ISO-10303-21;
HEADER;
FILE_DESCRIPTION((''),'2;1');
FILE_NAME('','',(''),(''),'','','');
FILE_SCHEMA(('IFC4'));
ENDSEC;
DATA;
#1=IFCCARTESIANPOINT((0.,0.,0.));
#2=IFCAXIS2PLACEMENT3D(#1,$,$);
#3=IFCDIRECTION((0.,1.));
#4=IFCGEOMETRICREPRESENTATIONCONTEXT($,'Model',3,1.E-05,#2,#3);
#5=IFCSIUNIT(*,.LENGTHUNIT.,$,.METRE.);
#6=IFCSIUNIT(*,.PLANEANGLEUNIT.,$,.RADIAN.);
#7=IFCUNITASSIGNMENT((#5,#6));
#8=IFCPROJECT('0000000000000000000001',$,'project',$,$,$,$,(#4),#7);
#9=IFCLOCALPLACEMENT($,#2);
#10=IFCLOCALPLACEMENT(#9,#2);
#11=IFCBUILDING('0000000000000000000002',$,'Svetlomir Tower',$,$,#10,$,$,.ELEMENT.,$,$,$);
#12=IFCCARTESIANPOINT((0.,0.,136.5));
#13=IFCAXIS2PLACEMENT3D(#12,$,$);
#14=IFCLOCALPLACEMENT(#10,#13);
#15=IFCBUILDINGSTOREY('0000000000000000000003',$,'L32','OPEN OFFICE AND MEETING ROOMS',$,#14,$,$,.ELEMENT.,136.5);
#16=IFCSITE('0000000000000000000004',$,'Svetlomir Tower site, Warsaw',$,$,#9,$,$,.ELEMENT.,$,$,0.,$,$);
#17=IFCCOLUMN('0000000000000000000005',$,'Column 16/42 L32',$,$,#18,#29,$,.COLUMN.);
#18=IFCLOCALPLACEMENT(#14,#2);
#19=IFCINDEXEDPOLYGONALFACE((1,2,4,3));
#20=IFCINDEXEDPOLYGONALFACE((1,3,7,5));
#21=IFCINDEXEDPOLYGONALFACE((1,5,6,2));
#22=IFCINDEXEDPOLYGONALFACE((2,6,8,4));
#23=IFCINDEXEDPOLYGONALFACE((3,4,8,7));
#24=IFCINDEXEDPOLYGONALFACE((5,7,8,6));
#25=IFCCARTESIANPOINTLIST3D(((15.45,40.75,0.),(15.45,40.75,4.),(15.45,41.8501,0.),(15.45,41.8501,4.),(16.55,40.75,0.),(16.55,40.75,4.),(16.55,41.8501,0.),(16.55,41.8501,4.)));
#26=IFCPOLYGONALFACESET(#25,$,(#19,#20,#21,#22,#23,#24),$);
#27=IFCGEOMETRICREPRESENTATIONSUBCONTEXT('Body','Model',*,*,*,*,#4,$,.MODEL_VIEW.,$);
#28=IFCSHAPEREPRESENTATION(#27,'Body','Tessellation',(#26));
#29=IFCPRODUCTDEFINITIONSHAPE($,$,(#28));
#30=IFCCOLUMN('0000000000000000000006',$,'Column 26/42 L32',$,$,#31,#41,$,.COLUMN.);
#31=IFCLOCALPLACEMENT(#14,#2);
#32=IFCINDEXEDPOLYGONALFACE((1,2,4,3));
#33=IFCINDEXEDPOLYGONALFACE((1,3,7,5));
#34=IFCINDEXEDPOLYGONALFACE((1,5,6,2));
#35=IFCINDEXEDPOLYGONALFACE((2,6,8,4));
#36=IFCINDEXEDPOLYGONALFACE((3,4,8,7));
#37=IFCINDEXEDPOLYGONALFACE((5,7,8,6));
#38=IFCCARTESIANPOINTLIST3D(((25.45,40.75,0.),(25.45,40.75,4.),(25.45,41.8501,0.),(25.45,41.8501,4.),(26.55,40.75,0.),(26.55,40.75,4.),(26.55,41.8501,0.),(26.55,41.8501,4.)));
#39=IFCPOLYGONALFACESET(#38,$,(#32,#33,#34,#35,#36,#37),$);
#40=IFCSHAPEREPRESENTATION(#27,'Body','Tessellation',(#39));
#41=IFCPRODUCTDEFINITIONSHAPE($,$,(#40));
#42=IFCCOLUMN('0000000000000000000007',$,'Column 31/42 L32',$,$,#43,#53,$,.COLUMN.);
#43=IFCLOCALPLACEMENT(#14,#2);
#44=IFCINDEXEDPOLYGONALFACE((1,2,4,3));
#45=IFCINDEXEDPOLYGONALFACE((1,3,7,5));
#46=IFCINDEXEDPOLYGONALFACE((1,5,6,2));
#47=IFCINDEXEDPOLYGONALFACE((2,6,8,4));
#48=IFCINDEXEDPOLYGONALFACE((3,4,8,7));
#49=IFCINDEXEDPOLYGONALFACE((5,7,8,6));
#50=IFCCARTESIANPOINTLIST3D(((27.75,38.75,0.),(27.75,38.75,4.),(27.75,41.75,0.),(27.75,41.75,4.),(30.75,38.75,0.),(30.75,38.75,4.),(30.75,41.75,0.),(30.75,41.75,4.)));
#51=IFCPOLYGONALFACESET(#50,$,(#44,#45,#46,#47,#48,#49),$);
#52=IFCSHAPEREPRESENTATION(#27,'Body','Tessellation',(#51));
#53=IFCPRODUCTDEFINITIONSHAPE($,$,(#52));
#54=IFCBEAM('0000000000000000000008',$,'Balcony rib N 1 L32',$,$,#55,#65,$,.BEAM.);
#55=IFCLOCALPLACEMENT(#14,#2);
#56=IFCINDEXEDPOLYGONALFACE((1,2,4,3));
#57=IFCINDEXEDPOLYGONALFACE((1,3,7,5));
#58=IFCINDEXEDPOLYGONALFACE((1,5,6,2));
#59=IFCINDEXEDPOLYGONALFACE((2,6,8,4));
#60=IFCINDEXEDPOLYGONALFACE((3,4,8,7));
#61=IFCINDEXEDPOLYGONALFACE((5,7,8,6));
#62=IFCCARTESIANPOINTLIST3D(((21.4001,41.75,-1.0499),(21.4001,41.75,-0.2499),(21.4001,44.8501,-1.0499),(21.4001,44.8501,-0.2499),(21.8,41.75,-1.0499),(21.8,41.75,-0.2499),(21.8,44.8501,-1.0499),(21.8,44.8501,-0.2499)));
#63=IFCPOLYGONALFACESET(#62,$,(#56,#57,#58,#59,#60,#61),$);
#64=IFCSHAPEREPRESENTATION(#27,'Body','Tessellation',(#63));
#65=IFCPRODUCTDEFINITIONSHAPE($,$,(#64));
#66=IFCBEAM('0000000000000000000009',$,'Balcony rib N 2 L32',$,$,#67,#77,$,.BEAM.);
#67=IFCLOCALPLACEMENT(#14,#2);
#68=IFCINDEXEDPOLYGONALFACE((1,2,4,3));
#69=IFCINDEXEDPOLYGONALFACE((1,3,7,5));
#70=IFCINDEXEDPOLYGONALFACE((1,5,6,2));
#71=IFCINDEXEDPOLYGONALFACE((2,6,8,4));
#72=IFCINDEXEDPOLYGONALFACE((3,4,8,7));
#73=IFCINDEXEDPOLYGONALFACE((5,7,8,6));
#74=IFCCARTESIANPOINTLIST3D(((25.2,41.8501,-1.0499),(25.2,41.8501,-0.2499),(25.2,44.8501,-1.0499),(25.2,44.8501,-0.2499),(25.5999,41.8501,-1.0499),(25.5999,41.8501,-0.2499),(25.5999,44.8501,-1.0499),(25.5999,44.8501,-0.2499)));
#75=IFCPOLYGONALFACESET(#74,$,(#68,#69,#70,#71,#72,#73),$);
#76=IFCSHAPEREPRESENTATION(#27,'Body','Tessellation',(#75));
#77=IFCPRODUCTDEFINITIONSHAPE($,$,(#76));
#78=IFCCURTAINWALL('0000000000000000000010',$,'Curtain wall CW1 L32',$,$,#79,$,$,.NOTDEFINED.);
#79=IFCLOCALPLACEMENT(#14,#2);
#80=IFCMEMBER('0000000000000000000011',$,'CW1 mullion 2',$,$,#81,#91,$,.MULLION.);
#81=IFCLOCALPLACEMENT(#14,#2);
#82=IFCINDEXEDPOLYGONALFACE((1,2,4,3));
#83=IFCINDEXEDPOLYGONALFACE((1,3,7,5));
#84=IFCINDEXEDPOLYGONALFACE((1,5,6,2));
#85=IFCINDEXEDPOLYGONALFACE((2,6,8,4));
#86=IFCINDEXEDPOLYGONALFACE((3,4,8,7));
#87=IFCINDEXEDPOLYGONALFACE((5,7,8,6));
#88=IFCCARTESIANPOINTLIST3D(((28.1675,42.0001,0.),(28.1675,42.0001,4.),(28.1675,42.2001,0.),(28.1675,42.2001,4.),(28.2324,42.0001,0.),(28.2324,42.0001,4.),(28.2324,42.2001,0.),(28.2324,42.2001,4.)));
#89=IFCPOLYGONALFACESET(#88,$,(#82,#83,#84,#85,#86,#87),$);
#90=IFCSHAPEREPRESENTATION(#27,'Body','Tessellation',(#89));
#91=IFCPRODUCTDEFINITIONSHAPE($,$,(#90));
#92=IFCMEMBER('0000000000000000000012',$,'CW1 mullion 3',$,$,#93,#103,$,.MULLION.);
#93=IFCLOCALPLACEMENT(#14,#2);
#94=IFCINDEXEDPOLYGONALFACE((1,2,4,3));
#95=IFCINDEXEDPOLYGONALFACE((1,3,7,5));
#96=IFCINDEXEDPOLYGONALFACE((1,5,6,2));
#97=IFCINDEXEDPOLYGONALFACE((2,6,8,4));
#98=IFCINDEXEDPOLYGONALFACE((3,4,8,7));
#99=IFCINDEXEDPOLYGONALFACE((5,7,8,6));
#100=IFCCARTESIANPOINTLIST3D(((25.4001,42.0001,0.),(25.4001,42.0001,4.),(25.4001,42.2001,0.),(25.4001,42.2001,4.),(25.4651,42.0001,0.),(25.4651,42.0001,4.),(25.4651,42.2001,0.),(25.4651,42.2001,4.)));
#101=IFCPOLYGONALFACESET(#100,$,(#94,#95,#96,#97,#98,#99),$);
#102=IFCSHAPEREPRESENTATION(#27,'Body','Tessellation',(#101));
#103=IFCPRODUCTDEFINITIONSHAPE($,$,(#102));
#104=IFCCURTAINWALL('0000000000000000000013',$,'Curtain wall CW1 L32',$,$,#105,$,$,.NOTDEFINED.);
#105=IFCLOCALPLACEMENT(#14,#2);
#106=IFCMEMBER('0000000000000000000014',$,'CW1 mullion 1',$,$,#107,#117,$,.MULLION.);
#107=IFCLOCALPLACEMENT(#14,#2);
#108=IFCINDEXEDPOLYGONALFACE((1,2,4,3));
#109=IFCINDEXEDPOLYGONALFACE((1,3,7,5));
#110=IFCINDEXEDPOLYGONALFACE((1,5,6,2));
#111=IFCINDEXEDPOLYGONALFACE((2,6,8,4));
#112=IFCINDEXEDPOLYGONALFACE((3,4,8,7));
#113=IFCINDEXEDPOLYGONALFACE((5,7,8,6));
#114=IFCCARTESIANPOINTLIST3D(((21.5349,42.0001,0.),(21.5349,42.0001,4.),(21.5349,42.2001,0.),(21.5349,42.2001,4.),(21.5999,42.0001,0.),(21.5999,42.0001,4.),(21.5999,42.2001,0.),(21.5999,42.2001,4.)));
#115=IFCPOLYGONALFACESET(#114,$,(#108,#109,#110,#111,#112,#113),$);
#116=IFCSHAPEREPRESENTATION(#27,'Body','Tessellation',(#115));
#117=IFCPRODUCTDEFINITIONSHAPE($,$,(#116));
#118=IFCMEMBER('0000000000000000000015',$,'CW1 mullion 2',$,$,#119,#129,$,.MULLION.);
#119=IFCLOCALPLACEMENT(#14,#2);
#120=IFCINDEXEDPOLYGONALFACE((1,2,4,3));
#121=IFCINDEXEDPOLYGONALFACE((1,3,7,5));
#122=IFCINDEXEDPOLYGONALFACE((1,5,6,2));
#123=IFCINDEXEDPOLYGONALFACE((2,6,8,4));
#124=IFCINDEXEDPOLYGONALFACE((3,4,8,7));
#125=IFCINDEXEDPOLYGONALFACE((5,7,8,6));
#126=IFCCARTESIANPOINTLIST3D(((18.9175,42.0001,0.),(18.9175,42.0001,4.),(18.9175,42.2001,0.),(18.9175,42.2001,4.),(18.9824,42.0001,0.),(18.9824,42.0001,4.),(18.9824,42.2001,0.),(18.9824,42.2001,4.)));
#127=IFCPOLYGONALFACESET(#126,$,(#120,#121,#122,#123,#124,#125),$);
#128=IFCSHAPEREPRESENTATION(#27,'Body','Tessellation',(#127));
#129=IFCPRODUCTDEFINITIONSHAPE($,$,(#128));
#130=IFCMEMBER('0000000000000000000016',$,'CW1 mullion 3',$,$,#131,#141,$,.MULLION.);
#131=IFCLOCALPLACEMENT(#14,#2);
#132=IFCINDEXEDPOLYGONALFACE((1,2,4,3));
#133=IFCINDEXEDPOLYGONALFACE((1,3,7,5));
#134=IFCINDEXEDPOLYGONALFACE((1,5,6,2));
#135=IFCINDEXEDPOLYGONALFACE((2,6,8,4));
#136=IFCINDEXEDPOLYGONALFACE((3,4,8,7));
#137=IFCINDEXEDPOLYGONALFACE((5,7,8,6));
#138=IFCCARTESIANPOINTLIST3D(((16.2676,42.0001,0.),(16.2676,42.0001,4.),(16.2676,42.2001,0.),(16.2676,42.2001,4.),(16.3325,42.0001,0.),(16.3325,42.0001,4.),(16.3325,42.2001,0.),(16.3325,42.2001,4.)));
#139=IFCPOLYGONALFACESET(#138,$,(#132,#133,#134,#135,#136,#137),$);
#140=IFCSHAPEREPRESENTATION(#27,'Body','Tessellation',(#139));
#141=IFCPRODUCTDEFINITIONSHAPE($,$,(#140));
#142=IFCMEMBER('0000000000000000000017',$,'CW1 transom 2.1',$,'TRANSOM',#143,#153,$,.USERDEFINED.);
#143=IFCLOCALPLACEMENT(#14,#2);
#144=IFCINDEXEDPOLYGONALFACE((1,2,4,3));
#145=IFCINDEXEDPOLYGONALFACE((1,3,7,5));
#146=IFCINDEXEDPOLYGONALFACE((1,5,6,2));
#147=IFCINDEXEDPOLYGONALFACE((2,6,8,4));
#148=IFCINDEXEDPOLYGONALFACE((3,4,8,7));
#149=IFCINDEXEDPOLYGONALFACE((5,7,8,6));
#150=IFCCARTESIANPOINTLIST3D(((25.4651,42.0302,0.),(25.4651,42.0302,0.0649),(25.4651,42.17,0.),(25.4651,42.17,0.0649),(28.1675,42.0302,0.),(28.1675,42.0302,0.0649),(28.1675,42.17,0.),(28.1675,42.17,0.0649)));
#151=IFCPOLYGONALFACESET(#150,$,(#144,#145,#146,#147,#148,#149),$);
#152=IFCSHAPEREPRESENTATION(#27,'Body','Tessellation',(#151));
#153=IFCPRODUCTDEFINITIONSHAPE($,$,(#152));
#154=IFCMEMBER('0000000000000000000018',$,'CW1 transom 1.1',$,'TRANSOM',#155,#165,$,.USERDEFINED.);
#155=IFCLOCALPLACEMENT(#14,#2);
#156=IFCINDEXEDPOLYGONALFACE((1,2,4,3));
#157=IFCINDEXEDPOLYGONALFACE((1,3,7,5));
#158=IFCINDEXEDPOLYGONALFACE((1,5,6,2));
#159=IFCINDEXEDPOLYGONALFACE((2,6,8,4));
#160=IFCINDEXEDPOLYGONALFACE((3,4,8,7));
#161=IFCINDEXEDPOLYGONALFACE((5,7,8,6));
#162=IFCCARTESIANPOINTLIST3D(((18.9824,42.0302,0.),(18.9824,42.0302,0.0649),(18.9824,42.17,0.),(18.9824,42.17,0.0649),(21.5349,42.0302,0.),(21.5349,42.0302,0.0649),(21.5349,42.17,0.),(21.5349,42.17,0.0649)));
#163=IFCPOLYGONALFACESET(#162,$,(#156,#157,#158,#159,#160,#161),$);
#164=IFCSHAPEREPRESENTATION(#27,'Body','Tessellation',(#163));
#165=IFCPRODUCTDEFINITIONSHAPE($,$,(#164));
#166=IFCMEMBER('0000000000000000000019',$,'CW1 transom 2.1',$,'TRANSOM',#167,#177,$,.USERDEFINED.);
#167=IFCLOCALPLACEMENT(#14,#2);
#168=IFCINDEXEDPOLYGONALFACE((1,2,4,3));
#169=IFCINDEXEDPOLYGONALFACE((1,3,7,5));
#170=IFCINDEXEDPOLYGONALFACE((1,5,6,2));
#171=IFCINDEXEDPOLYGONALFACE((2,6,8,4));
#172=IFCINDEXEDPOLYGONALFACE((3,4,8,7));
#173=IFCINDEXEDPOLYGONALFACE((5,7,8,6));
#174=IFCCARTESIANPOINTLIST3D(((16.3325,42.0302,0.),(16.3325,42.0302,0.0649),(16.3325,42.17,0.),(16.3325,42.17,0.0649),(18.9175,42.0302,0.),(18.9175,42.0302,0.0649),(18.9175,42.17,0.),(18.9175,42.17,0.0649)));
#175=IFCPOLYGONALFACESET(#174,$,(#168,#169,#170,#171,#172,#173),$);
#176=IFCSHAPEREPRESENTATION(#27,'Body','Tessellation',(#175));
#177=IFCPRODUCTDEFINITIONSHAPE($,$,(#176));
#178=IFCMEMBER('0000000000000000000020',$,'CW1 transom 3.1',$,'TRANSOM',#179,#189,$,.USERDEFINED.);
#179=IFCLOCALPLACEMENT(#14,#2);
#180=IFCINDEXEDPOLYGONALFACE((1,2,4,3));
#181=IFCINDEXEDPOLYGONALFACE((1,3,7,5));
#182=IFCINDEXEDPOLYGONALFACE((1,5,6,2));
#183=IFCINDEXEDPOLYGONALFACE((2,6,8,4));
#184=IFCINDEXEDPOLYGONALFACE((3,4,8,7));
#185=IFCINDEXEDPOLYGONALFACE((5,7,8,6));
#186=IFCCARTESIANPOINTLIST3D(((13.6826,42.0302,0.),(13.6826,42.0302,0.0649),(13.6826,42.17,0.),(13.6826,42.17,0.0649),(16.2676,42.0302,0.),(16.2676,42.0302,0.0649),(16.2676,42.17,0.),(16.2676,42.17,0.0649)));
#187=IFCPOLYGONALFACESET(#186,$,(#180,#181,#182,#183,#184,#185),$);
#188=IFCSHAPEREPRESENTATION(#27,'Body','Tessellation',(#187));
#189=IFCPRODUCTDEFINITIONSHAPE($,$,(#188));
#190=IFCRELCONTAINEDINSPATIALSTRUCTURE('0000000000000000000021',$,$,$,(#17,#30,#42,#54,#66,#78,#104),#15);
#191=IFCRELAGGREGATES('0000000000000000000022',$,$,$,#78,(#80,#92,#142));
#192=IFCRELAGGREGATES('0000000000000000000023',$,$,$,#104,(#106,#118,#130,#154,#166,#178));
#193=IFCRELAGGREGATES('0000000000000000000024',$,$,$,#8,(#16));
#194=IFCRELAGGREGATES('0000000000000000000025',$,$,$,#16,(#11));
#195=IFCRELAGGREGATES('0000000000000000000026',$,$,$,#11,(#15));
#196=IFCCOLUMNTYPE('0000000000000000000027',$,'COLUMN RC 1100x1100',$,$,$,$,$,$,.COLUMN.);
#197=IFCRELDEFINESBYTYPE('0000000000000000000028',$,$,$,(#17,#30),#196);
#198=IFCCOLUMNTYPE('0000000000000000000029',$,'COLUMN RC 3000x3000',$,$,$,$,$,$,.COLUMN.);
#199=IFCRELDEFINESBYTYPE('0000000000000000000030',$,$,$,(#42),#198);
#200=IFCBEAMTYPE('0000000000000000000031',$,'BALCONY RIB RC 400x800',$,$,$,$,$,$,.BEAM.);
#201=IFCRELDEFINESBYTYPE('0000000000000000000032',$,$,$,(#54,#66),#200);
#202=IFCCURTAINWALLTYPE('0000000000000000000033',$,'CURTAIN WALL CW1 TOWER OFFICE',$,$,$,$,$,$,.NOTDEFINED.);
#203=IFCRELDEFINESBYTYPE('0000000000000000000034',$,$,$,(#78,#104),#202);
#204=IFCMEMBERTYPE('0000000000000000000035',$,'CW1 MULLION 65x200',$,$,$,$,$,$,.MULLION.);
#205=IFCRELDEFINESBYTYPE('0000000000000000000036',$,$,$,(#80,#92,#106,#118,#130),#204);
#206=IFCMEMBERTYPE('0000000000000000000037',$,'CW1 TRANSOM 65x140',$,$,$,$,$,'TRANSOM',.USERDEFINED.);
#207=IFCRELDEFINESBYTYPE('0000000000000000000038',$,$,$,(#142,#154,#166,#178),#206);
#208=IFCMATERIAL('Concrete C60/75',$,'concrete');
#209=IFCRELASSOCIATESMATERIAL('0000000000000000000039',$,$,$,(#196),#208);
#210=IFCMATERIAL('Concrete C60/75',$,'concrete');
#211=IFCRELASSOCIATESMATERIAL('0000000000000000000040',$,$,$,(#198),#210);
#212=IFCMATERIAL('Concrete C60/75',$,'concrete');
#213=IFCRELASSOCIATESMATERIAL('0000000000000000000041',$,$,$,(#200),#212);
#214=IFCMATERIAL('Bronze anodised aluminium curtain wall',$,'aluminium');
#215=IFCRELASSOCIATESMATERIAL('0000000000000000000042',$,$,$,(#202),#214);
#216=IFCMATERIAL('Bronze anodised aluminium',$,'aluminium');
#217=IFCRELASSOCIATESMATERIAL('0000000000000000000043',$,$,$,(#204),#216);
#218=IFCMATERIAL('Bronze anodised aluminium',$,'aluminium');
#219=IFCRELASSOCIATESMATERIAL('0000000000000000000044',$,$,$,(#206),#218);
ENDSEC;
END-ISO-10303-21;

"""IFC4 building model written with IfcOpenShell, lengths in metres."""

from ifc_helpers import new_model, si_unit, direction, frame, origin, origin_2d, place, context, subcontext, project, spatial, rectangle, extrude, material, material_profile, profile_set, type_object, element, aggregate, save


model = new_model("IFC4")

# Units and contexts
model_context = context("Model", 3, precision=1e-05, world=origin(), true_north=direction((0.0, 1.0)))
body_context = subcontext(model_context, "Body", "Model", "MODEL_VIEW")
ifc_project = project(units=[si_unit("LENGTHUNIT", "METRE"), si_unit("PLANEANGLEUNIT", "RADIAN")], contexts=[model_context])

# Site, building, storey
site_placement = place(None, origin())
site = spatial("IfcSite", under=ifc_project, at=site_placement, Name="Svetlomir Tower site, Warsaw", CompositionType="ELEMENT", RefElevation=0.0)
building_placement = place(site_placement, origin())
building = spatial("IfcBuilding", under=site, at=building_placement, Name="Svetlomir Tower", CompositionType="ELEMENT")
storey_placement = place(building_placement, frame((0.0, 0.0, 136.5)))
storey = spatial("IfcBuildingStorey", under=building, at=storey_placement, Name="L32", Description="OPEN OFFICE AND MEETING ROOMS", CompositionType="ELEMENT", Elevation=136.5)

# Columns
ifc_material_1 = material(Name="Concrete C60/75", Category="concrete")
ifc_material_profile_1 = material_profile(ifc_material_1, rectangle(XDim=1.1001, YDim=1.1001, at=origin_2d()), Name="RC 1100x1100")
ifc_profile_set_1 = profile_set([ifc_material_profile_1], Name="Concrete C60/75")
column_type_1 = type_object("IfcColumnType", Name="COLUMN RC 1100x1100", PredefinedType="COLUMN", material=ifc_profile_set_1)
for number, where, z_axis, x_axis, name in (
    (1, (16.0, 41.3, 0.0), (0.0, 0.0, 1.0), (1.0, 0.0, 0.0), "Column 16/42 L32"),
    (2, (26.0, 41.3, 0.0), (0.0, 0.0, 1.0), (1.0, 0.0, 0.0), "Column 26/42 L32"),
):
    element("IfcColumn", number, at=place(storey_placement, frame(where, z_axis=z_axis, x_axis=x_axis)), inside=storey, type_object=column_type_1, Name=name, PredefinedType="COLUMN", context=body_context, shape_type="SweptSolid", body=[
        extrude(rectangle(XDim=1.1001, YDim=1.1001, at=origin_2d()), origin(), (0.0, 0.0, 1.0), 4.0),
    ])
ifc_material_2 = material(Name="Concrete C60/75", Category="concrete")
ifc_material_profile_2 = material_profile(ifc_material_2, rectangle(XDim=3.0, YDim=3.0, at=origin_2d()), Name="RC 3000x3000")
ifc_profile_set_2 = profile_set([ifc_material_profile_2], Name="Concrete C60/75")
column_type_2 = type_object("IfcColumnType", Name="COLUMN RC 3000x3000", PredefinedType="COLUMN", material=ifc_profile_set_2)
column_placement = place(storey_placement, frame((29.25, 40.25, 0.0), z_axis=(0.0, 0.0, 1.0), x_axis=(1.0, 0.0, 0.0)))
element("IfcColumn", 3, at=column_placement, inside=storey, type_object=column_type_2, Name="Column 31/42 L32", PredefinedType="COLUMN", context=body_context, shape_type="SweptSolid", body=[
    extrude(rectangle(XDim=3.0, YDim=3.0, at=origin_2d()), origin(), (0.0, 0.0, 1.0), 4.0),
])

# Beams
ifc_material_3 = material(Name="Concrete C60/75", Category="concrete")
ifc_material_profile_3 = material_profile(ifc_material_3, rectangle(XDim=0.3999, YDim=0.8, at=origin_2d()), Name="RC 400x800")
ifc_profile_set_3 = profile_set([ifc_material_profile_3], Name="Concrete C60/75")
beam_type_1 = type_object("IfcBeamType", Name="BALCONY RIB RC 400x800", PredefinedType="BEAM", material=ifc_profile_set_3)
beam_1_placement = place(storey_placement, frame((21.6001, 41.75, -0.6499), z_axis=(0.0, 1.0, 0.0), x_axis=(-1.0, 0.0, 0.0)))
element("IfcBeam", 4, at=beam_1_placement, inside=storey, type_object=beam_type_1, Name="Balcony rib N 1 L32", PredefinedType="BEAM", context=body_context, shape_type="SweptSolid", body=[
    extrude(rectangle(XDim=0.3999, YDim=0.8, at=origin_2d()), origin(), (0.0, 0.0, 1.0), 3.1001),
])
beam_2_placement = place(storey_placement, frame((25.3999, 41.8501, -0.6499), z_axis=(0.0, 1.0, 0.0), x_axis=(-1.0, 0.0, 0.0)))
element("IfcBeam", 5, at=beam_2_placement, inside=storey, type_object=beam_type_1, Name="Balcony rib N 2 L32", PredefinedType="BEAM", context=body_context, shape_type="SweptSolid", body=[
    extrude(rectangle(XDim=0.3999, YDim=0.8, at=origin_2d()), origin(), (0.0, 0.0, 1.0), 3.0),
])

# Curtain walls, members
ifc_material_4 = material(Name="Bronze anodised aluminium curtain wall", Category="aluminium")
curtain_wall_type = type_object("IfcCurtainWallType", Name="CURTAIN WALL CW1 TOWER OFFICE", PredefinedType="NOTDEFINED", material=ifc_material_4)
curtain_wall_1_placement = place(storey_placement, origin())
curtain_wall_1 = element("IfcCurtainWall", 6, at=curtain_wall_1_placement, inside=storey, type_object=curtain_wall_type, Name="Curtain wall CW1 L32", PredefinedType="NOTDEFINED")
ifc_material_5 = material(Name="Bronze anodised aluminium", Category="aluminium")
ifc_material_profile_4 = material_profile(ifc_material_5, rectangle(XDim=0.0649, YDim=0.2, at=origin_2d()), Name="AL 65x200")
ifc_profile_set_4 = profile_set([ifc_material_profile_4], Name="Bronze anodised aluminium 6063-T6")
member_type_1 = type_object("IfcMemberType", Name="CW1 MULLION 65x200", PredefinedType="MULLION", material=ifc_profile_set_4)
member_1_placement = place(storey_placement, frame((28.2, 42.1001, 0.0), z_axis=(0.0, 0.0, 1.0), x_axis=(-1.0, 0.0, 0.0)))
member_1 = element("IfcMember", 7, at=member_1_placement, type_object=member_type_1, Name="CW1 mullion 2", PredefinedType="MULLION", context=body_context, shape_type="SweptSolid", body=[
    extrude(rectangle(XDim=0.0649, YDim=0.2, at=origin_2d()), origin(), (0.0, 0.0, 1.0), 4.0),
])
member_2_placement = place(storey_placement, frame((25.4326, 42.1001, 0.0), z_axis=(0.0, 0.0, 1.0), x_axis=(-1.0, 0.0, 0.0)))
member_2 = element("IfcMember", 8, at=member_2_placement, type_object=member_type_1, Name="CW1 mullion 3", PredefinedType="MULLION", context=body_context, shape_type="SweptSolid", body=[
    extrude(rectangle(XDim=0.0649, YDim=0.2, at=origin_2d()), origin(), (0.0, 0.0, 1.0), 4.0),
])
curtain_wall_2_placement = place(storey_placement, origin())
curtain_wall_2 = element("IfcCurtainWall", 9, at=curtain_wall_2_placement, inside=storey, type_object=curtain_wall_type, Name="Curtain wall CW1 L32", PredefinedType="NOTDEFINED")
member_3_placement = place(storey_placement, frame((21.5674, 42.1001, 0.0), z_axis=(0.0, 0.0, 1.0), x_axis=(-1.0, 0.0, 0.0)))
member_3 = element("IfcMember", 10, at=member_3_placement, type_object=member_type_1, Name="CW1 mullion 1", PredefinedType="MULLION", context=body_context, shape_type="SweptSolid", body=[
    extrude(rectangle(XDim=0.0649, YDim=0.2, at=origin_2d()), origin(), (0.0, 0.0, 1.0), 4.0),
])
member_4_placement = place(storey_placement, frame((18.95, 42.1001, 0.0), z_axis=(0.0, 0.0, 1.0), x_axis=(-1.0, 0.0, 0.0)))
member_4 = element("IfcMember", 11, at=member_4_placement, type_object=member_type_1, Name="CW1 mullion 2", PredefinedType="MULLION", context=body_context, shape_type="SweptSolid", body=[
    extrude(rectangle(XDim=0.0649, YDim=0.2, at=origin_2d()), origin(), (0.0, 0.0, 1.0), 4.0),
])
member_5_placement = place(storey_placement, frame((16.3, 42.1001, 0.0), z_axis=(0.0, 0.0, 1.0), x_axis=(-1.0, 0.0, 0.0)))
member_5 = element("IfcMember", 12, at=member_5_placement, type_object=member_type_1, Name="CW1 mullion 3", PredefinedType="MULLION", context=body_context, shape_type="SweptSolid", body=[
    extrude(rectangle(XDim=0.0649, YDim=0.2, at=origin_2d()), origin(), (0.0, 0.0, 1.0), 4.0),
])

# Members
ifc_material_6 = material(Name="Bronze anodised aluminium", Category="aluminium")
ifc_material_profile_5 = material_profile(ifc_material_6, rectangle(XDim=0.1399, YDim=0.0649, at=origin_2d()), Name="AL 140x65")
ifc_profile_set_5 = profile_set([ifc_material_profile_5], Name="Bronze anodised aluminium 6063-T6")
member_type_2 = type_object("IfcMemberType", Name="CW1 TRANSOM 65x140", ElementType="TRANSOM", PredefinedType="USERDEFINED", material=ifc_profile_set_5)
member_6_placement = place(storey_placement, frame((28.1675, 42.1001, 0.0325), z_axis=(-1.0, 0.0, 0.0), x_axis=(0.0, -1.0, 0.0)))
member_6 = element("IfcMember", 13, at=member_6_placement, type_object=member_type_2, Name="CW1 transom 2.1", ObjectType="TRANSOM", PredefinedType="USERDEFINED", context=body_context, shape_type="SweptSolid", body=[
    extrude(rectangle(XDim=0.1399, YDim=0.0649, at=origin_2d()), origin(), (0.0, 0.0, 1.0), 2.7024),
])
member_7_placement = place(storey_placement, frame((21.5349, 42.1001, 0.0325), z_axis=(-1.0, 0.0, 0.0), x_axis=(0.0, -1.0, 0.0)))
member_7 = element("IfcMember", 14, at=member_7_placement, type_object=member_type_2, Name="CW1 transom 1.1", ObjectType="TRANSOM", PredefinedType="USERDEFINED", context=body_context, shape_type="SweptSolid", body=[
    extrude(rectangle(XDim=0.1399, YDim=0.0649, at=origin_2d()), origin(), (0.0, 0.0, 1.0), 2.5525),
])
member_8_placement = place(storey_placement, frame((18.9175, 42.1001, 0.0325), z_axis=(-1.0, 0.0, 0.0), x_axis=(0.0, -1.0, 0.0)))
member_8 = element("IfcMember", 15, at=member_8_placement, type_object=member_type_2, Name="CW1 transom 2.1", ObjectType="TRANSOM", PredefinedType="USERDEFINED", context=body_context, shape_type="SweptSolid", body=[
    extrude(rectangle(XDim=0.1399, YDim=0.0649, at=origin_2d()), origin(), (0.0, 0.0, 1.0), 2.585),
])
member_9_placement = place(storey_placement, frame((16.2676, 42.1001, 0.0325), z_axis=(-1.0, 0.0, 0.0), x_axis=(0.0, -1.0, 0.0)))
member_9 = element("IfcMember", 16, at=member_9_placement, type_object=member_type_2, Name="CW1 transom 3.1", ObjectType="TRANSOM", PredefinedType="USERDEFINED", context=body_context, shape_type="SweptSolid", body=[
    extrude(rectangle(XDim=0.1399, YDim=0.0649, at=origin_2d()), origin(), (0.0, 0.0, 1.0), 2.585),
])

aggregate(curtain_wall_1, [member_1, member_2, member_6])
aggregate(curtain_wall_2, [member_3, member_4, member_5, member_7, member_8, member_9])

save(model, "model.ifc")
